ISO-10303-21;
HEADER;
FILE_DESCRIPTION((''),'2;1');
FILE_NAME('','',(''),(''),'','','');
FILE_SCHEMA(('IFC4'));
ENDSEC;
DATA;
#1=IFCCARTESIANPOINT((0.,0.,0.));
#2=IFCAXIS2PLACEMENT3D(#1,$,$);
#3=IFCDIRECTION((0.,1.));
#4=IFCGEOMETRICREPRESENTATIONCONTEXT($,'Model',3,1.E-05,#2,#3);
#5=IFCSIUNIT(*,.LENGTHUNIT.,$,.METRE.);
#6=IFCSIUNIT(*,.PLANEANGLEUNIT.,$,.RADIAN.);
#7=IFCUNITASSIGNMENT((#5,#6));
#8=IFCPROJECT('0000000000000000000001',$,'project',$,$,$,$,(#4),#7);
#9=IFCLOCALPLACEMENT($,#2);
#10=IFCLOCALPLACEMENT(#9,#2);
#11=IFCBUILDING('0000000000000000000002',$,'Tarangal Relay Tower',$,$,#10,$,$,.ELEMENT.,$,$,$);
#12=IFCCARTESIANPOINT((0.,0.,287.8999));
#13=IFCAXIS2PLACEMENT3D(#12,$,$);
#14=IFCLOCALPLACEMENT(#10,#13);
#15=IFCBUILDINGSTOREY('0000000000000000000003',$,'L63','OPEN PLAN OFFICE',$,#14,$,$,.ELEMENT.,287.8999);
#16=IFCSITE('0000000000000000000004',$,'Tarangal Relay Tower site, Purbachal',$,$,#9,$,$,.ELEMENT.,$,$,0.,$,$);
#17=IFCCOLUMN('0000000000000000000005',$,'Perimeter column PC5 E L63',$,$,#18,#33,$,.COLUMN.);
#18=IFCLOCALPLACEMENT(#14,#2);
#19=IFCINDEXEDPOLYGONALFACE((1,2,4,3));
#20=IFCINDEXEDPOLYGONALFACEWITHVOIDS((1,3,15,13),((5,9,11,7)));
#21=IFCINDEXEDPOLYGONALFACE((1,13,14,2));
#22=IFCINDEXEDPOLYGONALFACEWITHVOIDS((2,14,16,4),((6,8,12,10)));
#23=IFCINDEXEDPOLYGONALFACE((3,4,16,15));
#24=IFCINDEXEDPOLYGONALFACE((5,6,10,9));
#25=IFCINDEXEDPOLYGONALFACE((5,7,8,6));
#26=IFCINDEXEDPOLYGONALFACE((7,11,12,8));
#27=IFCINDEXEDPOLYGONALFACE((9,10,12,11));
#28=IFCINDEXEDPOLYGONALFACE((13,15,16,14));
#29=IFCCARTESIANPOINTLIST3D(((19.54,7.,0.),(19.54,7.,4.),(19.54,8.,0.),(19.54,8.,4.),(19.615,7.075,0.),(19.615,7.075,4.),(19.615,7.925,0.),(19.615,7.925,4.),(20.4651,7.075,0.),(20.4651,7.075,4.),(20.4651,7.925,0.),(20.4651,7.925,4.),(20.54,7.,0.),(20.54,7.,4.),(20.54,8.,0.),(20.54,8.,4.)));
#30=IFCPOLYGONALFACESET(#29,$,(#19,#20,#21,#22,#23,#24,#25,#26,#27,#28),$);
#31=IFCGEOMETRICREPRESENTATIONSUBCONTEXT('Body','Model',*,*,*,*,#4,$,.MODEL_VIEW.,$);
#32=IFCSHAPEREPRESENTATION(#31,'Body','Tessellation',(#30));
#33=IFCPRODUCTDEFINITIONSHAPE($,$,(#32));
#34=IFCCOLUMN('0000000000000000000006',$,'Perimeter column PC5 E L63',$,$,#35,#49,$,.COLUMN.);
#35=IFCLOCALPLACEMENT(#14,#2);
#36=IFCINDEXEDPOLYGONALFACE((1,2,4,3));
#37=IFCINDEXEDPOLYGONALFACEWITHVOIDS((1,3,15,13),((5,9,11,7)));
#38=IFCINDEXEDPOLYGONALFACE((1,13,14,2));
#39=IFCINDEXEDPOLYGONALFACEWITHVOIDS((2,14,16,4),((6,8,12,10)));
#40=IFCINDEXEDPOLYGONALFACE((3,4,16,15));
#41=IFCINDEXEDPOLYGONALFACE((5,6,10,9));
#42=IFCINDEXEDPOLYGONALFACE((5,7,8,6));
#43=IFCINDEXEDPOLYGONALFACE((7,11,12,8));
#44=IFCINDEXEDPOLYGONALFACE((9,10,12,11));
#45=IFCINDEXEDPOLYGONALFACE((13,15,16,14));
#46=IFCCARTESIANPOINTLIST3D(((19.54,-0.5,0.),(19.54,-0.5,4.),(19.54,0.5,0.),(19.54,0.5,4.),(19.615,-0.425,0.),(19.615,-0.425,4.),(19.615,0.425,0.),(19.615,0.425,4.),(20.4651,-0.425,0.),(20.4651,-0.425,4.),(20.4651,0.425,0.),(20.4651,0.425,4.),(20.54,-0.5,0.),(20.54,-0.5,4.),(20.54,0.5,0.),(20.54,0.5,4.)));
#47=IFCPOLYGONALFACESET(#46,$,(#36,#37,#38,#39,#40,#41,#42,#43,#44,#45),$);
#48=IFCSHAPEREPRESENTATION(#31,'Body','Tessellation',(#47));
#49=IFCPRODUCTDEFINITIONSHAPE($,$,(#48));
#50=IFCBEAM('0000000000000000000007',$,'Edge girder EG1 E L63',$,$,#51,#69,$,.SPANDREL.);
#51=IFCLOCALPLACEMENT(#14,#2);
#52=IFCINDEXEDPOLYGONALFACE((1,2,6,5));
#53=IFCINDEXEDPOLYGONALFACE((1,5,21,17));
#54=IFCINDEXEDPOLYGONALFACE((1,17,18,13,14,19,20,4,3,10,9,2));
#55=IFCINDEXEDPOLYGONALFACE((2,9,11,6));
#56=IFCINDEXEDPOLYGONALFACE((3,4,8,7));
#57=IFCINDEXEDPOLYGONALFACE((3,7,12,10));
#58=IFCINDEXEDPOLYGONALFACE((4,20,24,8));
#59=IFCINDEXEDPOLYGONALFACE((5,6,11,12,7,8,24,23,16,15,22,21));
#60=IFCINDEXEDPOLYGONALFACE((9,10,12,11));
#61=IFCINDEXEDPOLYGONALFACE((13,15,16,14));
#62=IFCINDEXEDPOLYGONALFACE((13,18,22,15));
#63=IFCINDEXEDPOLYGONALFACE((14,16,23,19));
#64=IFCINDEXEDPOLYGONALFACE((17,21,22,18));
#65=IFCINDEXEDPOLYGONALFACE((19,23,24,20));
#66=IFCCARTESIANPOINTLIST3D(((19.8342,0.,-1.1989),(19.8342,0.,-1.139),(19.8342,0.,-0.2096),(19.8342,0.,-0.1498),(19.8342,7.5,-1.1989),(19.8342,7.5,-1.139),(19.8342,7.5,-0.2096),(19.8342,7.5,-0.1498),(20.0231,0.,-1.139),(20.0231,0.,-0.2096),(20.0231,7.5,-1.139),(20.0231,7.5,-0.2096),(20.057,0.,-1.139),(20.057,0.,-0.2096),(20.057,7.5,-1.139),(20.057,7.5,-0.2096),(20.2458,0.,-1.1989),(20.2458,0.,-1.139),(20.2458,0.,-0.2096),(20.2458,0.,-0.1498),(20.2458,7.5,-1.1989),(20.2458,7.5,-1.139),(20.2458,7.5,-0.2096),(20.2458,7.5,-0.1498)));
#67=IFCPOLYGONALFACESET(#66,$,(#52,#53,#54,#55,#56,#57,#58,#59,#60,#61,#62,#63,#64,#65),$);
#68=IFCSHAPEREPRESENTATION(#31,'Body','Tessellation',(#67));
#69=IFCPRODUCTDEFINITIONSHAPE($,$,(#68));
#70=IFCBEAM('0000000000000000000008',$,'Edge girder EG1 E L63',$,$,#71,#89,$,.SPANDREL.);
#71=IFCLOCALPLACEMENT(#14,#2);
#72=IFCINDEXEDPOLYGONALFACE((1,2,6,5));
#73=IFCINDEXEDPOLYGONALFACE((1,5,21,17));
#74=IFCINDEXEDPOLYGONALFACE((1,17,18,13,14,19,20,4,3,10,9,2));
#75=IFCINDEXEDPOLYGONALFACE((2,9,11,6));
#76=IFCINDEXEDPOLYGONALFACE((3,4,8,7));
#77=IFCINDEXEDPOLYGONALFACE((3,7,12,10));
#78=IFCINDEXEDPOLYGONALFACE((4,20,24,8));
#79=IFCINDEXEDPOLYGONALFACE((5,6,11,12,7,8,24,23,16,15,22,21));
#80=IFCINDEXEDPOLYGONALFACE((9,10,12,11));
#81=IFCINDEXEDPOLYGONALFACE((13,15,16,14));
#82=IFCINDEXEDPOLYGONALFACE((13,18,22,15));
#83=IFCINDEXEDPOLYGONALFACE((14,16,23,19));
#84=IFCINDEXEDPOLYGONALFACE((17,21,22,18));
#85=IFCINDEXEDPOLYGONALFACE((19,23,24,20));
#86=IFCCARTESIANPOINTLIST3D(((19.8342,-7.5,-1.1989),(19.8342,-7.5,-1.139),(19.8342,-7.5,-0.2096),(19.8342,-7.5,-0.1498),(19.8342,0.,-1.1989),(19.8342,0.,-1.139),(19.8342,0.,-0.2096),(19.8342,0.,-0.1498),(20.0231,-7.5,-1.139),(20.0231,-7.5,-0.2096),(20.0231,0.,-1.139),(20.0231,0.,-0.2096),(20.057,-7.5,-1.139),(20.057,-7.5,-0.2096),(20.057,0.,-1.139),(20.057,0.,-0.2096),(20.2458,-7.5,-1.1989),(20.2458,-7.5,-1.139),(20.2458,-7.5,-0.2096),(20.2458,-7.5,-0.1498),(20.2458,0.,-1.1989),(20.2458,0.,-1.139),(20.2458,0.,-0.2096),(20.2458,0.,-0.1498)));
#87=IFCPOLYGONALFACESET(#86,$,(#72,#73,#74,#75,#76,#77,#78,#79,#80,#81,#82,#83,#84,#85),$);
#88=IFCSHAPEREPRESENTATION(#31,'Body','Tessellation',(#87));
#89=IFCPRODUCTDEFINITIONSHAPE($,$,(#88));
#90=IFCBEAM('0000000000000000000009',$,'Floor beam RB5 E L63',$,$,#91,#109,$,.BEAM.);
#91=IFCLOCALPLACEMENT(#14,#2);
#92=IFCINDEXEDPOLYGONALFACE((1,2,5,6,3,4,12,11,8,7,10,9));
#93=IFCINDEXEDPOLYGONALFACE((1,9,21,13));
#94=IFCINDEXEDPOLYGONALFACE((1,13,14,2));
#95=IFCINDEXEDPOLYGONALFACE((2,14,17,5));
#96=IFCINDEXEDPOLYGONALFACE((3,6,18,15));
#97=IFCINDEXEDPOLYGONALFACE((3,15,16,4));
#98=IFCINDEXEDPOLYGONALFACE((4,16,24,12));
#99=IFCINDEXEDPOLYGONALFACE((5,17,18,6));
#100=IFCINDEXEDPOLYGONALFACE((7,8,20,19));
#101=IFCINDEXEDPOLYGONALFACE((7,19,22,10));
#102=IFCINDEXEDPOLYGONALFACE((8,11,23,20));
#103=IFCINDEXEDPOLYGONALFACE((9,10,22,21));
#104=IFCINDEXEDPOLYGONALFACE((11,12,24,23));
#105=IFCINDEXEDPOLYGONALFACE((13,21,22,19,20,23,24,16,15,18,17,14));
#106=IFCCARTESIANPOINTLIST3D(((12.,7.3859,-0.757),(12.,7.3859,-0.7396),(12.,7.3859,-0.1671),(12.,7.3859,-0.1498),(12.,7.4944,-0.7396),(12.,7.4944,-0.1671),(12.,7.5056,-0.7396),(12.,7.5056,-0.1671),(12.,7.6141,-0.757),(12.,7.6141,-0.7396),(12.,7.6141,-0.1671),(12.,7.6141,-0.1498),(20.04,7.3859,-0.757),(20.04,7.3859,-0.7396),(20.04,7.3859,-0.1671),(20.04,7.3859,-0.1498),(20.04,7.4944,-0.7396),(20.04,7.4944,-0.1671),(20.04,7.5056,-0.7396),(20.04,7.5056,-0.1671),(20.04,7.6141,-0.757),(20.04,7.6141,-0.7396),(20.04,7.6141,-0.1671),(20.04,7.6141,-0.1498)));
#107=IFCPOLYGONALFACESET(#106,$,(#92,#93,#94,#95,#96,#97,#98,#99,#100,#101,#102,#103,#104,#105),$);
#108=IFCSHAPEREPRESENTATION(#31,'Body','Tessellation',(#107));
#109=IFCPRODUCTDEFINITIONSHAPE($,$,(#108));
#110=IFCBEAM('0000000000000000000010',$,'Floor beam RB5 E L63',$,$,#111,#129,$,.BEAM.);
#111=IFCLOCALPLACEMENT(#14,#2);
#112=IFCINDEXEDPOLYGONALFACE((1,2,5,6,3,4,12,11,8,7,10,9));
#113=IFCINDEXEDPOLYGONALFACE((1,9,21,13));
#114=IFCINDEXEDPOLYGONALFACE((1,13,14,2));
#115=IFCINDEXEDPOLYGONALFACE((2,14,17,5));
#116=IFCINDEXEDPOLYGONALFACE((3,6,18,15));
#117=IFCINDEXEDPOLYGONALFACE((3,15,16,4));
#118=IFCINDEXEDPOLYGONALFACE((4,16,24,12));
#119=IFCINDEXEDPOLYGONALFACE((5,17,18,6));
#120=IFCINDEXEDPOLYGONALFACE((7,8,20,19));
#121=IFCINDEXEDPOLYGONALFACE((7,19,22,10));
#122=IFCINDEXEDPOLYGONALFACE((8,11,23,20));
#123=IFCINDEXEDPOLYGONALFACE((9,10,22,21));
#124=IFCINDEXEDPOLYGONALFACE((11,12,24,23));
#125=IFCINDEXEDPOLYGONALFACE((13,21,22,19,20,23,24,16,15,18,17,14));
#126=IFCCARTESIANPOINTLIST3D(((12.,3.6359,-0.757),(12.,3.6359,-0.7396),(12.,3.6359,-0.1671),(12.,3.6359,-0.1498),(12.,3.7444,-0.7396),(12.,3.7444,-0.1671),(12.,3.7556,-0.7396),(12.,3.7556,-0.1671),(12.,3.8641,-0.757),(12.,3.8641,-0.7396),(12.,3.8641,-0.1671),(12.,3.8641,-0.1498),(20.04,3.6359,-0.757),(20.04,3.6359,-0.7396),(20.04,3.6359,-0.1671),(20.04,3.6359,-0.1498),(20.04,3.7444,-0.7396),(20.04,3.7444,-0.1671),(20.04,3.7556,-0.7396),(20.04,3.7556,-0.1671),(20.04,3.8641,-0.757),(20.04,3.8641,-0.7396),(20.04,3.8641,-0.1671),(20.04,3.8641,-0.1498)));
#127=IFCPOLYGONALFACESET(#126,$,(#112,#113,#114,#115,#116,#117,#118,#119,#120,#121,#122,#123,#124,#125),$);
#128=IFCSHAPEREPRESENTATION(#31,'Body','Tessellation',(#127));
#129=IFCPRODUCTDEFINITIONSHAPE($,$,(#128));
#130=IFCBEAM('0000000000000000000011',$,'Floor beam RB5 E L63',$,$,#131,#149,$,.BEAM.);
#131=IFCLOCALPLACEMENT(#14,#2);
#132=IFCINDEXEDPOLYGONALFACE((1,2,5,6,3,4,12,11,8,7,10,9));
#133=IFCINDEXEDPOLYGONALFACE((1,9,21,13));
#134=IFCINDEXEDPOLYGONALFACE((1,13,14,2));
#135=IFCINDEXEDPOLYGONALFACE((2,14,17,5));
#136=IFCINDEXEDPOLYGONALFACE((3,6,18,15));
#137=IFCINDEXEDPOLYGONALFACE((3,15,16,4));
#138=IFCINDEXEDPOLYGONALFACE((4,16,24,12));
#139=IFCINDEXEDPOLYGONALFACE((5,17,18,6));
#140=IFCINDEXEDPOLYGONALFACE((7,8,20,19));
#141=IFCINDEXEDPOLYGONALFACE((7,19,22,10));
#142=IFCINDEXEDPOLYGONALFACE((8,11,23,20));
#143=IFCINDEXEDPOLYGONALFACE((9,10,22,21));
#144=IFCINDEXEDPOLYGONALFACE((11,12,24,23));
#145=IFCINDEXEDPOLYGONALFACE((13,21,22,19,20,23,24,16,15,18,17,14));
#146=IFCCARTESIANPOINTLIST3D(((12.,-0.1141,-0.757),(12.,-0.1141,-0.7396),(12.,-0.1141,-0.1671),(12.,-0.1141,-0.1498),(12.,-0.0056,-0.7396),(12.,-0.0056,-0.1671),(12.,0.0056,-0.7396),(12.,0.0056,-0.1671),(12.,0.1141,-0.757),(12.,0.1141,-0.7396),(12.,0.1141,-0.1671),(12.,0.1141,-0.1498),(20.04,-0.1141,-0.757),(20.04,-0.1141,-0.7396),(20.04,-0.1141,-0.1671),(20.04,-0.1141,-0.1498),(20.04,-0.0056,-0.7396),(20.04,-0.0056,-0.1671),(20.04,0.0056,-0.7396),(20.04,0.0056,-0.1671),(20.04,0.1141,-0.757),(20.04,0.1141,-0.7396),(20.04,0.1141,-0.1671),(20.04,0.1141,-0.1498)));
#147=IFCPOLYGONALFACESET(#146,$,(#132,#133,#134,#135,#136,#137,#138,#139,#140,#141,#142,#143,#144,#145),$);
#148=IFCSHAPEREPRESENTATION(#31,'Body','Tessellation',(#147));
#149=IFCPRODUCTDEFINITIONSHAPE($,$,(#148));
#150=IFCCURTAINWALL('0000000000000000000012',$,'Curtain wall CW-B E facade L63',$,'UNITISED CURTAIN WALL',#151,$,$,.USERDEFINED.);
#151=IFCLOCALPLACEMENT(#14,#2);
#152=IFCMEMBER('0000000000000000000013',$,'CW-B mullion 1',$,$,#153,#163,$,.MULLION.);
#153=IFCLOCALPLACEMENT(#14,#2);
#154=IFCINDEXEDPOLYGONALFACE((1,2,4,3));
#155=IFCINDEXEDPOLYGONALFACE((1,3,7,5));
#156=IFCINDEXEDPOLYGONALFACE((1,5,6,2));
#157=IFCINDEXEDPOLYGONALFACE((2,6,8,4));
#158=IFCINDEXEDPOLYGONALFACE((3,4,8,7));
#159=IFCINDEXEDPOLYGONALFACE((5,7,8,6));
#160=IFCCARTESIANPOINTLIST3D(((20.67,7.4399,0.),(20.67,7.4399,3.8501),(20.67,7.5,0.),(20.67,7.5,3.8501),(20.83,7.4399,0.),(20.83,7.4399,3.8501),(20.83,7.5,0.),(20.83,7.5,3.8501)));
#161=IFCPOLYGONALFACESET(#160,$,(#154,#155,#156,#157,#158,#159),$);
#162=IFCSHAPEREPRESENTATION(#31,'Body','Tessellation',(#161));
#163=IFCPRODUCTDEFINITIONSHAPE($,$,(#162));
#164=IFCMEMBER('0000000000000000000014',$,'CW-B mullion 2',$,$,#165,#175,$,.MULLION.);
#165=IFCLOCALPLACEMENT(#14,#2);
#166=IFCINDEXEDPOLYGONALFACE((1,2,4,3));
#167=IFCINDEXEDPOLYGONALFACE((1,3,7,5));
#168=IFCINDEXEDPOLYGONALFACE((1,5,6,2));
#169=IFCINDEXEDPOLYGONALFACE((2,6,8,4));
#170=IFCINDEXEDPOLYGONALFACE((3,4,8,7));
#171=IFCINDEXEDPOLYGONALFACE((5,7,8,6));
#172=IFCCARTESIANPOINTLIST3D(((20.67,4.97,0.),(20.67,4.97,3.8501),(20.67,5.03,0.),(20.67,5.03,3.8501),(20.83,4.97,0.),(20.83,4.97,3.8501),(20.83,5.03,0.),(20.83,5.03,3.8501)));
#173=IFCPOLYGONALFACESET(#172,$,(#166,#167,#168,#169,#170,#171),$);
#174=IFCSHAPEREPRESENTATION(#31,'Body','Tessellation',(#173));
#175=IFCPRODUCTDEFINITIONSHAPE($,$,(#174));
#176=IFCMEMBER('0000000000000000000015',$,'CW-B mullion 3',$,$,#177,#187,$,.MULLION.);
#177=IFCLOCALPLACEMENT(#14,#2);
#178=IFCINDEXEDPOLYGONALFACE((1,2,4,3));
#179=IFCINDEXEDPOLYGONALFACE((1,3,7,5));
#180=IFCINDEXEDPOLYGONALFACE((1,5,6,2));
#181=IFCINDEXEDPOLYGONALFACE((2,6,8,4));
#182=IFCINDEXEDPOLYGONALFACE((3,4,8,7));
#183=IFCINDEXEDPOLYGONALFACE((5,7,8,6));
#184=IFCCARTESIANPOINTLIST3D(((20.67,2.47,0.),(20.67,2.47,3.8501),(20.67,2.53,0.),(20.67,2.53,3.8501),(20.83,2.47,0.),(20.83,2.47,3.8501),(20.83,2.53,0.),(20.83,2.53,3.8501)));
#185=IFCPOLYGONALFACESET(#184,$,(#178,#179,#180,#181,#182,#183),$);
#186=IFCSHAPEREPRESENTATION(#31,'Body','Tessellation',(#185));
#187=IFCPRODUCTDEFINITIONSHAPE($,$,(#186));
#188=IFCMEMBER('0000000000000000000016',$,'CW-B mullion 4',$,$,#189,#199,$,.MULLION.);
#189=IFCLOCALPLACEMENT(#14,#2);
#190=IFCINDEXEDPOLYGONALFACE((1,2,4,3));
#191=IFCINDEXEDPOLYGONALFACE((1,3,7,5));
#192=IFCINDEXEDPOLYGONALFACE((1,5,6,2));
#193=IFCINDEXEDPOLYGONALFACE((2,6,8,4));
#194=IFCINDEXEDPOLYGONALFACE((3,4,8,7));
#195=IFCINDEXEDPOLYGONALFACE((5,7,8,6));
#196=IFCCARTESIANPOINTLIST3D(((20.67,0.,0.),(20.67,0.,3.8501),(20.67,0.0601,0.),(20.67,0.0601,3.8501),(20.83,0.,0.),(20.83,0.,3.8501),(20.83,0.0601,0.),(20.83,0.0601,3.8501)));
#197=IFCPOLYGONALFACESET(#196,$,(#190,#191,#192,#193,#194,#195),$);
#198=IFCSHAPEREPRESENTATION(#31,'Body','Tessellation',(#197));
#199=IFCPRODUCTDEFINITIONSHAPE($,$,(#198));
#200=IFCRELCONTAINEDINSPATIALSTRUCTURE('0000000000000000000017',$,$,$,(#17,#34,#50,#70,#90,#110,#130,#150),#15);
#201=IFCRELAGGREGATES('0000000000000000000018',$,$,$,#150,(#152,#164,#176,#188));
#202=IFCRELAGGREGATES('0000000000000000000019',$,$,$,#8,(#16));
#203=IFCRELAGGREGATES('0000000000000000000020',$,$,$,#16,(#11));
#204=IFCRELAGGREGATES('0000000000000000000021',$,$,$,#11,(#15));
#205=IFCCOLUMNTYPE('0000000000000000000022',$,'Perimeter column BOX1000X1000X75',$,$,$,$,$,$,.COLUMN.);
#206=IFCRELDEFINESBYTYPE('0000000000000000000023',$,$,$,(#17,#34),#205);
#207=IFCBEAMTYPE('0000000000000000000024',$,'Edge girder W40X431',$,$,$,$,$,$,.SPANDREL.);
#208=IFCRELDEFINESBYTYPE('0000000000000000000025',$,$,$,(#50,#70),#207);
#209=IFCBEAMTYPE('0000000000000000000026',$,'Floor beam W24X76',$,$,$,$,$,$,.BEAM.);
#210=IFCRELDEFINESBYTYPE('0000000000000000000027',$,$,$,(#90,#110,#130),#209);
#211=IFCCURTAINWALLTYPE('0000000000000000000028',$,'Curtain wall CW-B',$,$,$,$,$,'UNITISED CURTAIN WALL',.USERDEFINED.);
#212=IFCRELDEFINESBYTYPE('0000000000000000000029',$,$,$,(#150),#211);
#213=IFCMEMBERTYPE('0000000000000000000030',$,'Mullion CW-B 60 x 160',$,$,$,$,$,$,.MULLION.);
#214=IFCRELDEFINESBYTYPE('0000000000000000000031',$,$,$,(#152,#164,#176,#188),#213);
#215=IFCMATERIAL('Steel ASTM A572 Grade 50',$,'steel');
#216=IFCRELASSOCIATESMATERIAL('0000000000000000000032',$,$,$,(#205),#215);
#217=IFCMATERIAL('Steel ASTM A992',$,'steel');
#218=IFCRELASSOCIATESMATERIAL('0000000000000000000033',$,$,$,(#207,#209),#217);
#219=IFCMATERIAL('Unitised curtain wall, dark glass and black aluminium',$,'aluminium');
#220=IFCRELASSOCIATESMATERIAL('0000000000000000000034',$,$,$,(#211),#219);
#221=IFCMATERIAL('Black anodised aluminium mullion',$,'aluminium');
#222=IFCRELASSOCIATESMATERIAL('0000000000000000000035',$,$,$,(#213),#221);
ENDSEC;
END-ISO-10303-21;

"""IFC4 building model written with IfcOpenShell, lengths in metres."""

from ifc_helpers import new_model, si_unit, direction, frame, origin, origin_2d, place, context, subcontext, project, spatial, rectangle, hollow_rectangle, i_section, extrude, material, material_profile, profile_set, type_object, element, aggregate, save


model = new_model("IFC4")

# Units and contexts
model_context = context("Model", 3, precision=1e-05, world=origin(), true_north=direction((0.0, 1.0)))
body_context = subcontext(model_context, "Body", "Model", "MODEL_VIEW")
ifc_project = project(units=[si_unit("LENGTHUNIT", "METRE"), si_unit("PLANEANGLEUNIT", "RADIAN")], contexts=[model_context])

# Site, building, storey
site_placement = place(None, origin())
site = spatial("IfcSite", under=ifc_project, at=site_placement, Name="Tarangal Relay Tower site, Purbachal", CompositionType="ELEMENT", RefElevation=0.0)
building_placement = place(site_placement, origin())
building = spatial("IfcBuilding", under=site, at=building_placement, Name="Tarangal Relay Tower", CompositionType="ELEMENT")
storey_placement = place(building_placement, frame((0.0, 0.0, 287.8999)))
storey = spatial("IfcBuildingStorey", under=building, at=storey_placement, Name="L63", Description="OPEN PLAN OFFICE", CompositionType="ELEMENT", Elevation=287.8999)

# Columns
ifc_material_1 = material(Name="Steel ASTM A572 Grade 50", Category="steel")
ifc_material_profile_1 = material_profile(ifc_material_1, hollow_rectangle(XDim=1.0, YDim=1.0, WallThickness=0.075, at=origin_2d()), Name="BOX1000X1000X75")
ifc_profile_set_1 = profile_set([ifc_material_profile_1], Name="Steel ASTM A572 Grade 50")
column_type = type_object("IfcColumnType", Name="Perimeter column BOX1000X1000X75", PredefinedType="COLUMN", material=ifc_profile_set_1)
for number, where, z_axis, x_axis, name in (
    (1, (20.04, 7.5, 0.0), (0.0, 0.0, 1.0), (1.0, 0.0, 0.0), "Perimeter column PC5 E L63"),
    (2, (20.04, 0.0, 0.0), (0.0, 0.0, 1.0), (1.0, 0.0, 0.0), "Perimeter column PC5 E L63"),
):
    element("IfcColumn", number, at=place(storey_placement, frame(where, z_axis=z_axis, x_axis=x_axis)), inside=storey, type_object=column_type, Name=name, PredefinedType="COLUMN", context=body_context, shape_type="SweptSolid", body=[
        extrude(hollow_rectangle(XDim=1.0, YDim=1.0, WallThickness=0.075, at=origin_2d()), origin(), (0.0, 0.0, 1.0), 4.0),
    ])

# Beams
ifc_material_2 = material(Name="Steel ASTM A992", Category="steel")
ifc_material_profile_2 = material_profile(ifc_material_2, i_section(OverallWidth=0.4116, OverallDepth=1.0491, WebThickness=0.0339, FlangeThickness=0.0598, at=origin_2d()), Name="W40X431")
ifc_profile_set_2 = profile_set([ifc_material_profile_2], Name="Steel ASTM A992")
beam_type_1 = type_object("IfcBeamType", Name="Edge girder W40X431", PredefinedType="SPANDREL", material=ifc_profile_set_2)
for number, where, z_axis, x_axis, name in (
    (3, (20.04, 7.5, -0.6743), (0.0, -1.0, 0.0), (1.0, 0.0, 0.0), "Edge girder EG1 E L63"),
    (4, (20.04, 0.0, -0.6743), (0.0, -1.0, 0.0), (1.0, 0.0, 0.0), "Edge girder EG1 E L63"),
):
    element("IfcBeam", number, at=place(storey_placement, frame(where, z_axis=z_axis, x_axis=x_axis)), inside=storey, type_object=beam_type_1, Name=name, PredefinedType="SPANDREL", context=body_context, shape_type="SweptSolid", body=[
        extrude(i_section(OverallWidth=0.4116, OverallDepth=1.0491, WebThickness=0.0339, FlangeThickness=0.0598, at=origin_2d()), origin(), (0.0, 0.0, 1.0), 7.5),
    ])
ifc_material_profile_3 = material_profile(ifc_material_2, i_section(OverallWidth=0.2283, OverallDepth=0.6072, WebThickness=0.0112, FlangeThickness=0.0173, at=origin_2d()), Name="W24X76")
ifc_profile_set_3 = profile_set([ifc_material_profile_3], Name="Steel ASTM A992")
beam_type_2 = type_object("IfcBeamType", Name="Floor beam W24X76", PredefinedType="BEAM", material=ifc_profile_set_3)
for number, where, z_axis, x_axis, name in (
    (5, (12.0, 7.5, -0.4534), (1.0, 0.0, 0.0), (0.0, 1.0, 0.0), "Floor beam RB5 E L63"),
    (6, (12.0, 3.75, -0.4534), (1.0, 0.0, 0.0), (0.0, 1.0, 0.0), "Floor beam RB5 E L63"),
    (7, (12.0, 0.0, -0.4534), (1.0, 0.0, 0.0), (0.0, 1.0, 0.0), "Floor beam RB5 E L63"),
):
    element("IfcBeam", number, at=place(storey_placement, frame(where, z_axis=z_axis, x_axis=x_axis)), inside=storey, type_object=beam_type_2, Name=name, PredefinedType="BEAM", context=body_context, shape_type="SweptSolid", body=[
        extrude(i_section(OverallWidth=0.2283, OverallDepth=0.6072, WebThickness=0.0112, FlangeThickness=0.0173, at=origin_2d()), origin(), (0.0, 0.0, 1.0), 8.04),
    ])

# Curtain wall, members
ifc_material_3 = material(Name="Unitised curtain wall, dark glass and black aluminium", Category="aluminium")
curtain_wall_type_1 = type_object("IfcCurtainWallType", Name="Curtain wall CW-B", ElementType="UNITISED CURTAIN WALL", PredefinedType="USERDEFINED", material=ifc_material_3)
curtain_wall_1_placement = place(storey_placement, origin())
curtain_wall_1 = element("IfcCurtainWall", 8, at=curtain_wall_1_placement, inside=storey, type_object=curtain_wall_type_1, Name="Curtain wall CW-B E facade L63", ObjectType="UNITISED CURTAIN WALL", PredefinedType="USERDEFINED")
ifc_material_4 = material(Name="Black anodised aluminium mullion", Category="aluminium")
ifc_material_profile_4 = material_profile(ifc_material_4, rectangle(XDim=0.1599, YDim=0.0601, at=origin_2d()), Name="CW-BM 60X160")
ifc_profile_set_4 = profile_set([ifc_material_profile_4], Name="Black anodised aluminium mullion")
member_type_1 = type_object("IfcMemberType", Name="Mullion CW-B 60 x 160", PredefinedType="MULLION", material=ifc_profile_set_4)
member_1_placement = place(storey_placement, frame((20.75, 7.47, 0.0), z_axis=(0.0, 0.0, 1.0), x_axis=(1.0, 0.0, 0.0)))
member_1 = element("IfcMember", 9, at=member_1_placement, type_object=member_type_1, Name="CW-B mullion 1", PredefinedType="MULLION", context=body_context, shape_type="SweptSolid", body=[
    extrude(rectangle(XDim=0.1599, YDim=0.0601, at=origin_2d()), origin(), (0.0, 0.0, 1.0), 3.8501),
])
member_2_placement = place(storey_placement, frame((20.75, 5.0, 0.0), z_axis=(0.0, 0.0, 1.0), x_axis=(1.0, 0.0, 0.0)))
member_2 = element("IfcMember", 10, at=member_2_placement, type_object=member_type_1, Name="CW-B mullion 2", PredefinedType="MULLION", context=body_context, shape_type="SweptSolid", body=[
    extrude(rectangle(XDim=0.1599, YDim=0.0601, at=origin_2d()), origin(), (0.0, 0.0, 1.0), 3.8501),
])
member_3_placement = place(storey_placement, frame((20.75, 2.5, 0.0), z_axis=(0.0, 0.0, 1.0), x_axis=(1.0, 0.0, 0.0)))
member_3 = element("IfcMember", 11, at=member_3_placement, type_object=member_type_1, Name="CW-B mullion 3", PredefinedType="MULLION", context=body_context, shape_type="SweptSolid", body=[
    extrude(rectangle(XDim=0.1599, YDim=0.0601, at=origin_2d()), origin(), (0.0, 0.0, 1.0), 3.8501),
])
member_4_placement = place(storey_placement, frame((20.75, 0.03, 0.0), z_axis=(0.0, 0.0, 1.0), x_axis=(1.0, 0.0, 0.0)))
member_4 = element("IfcMember", 12, at=member_4_placement, type_object=member_type_1, Name="CW-B mullion 4", PredefinedType="MULLION", context=body_context, shape_type="SweptSolid", body=[
    extrude(rectangle(XDim=0.1599, YDim=0.0601, at=origin_2d()), origin(), (0.0, 0.0, 1.0), 3.8501),
])

aggregate(curtain_wall_1, [member_1, member_2, member_3, member_4])

save(model, "model.ifc")
